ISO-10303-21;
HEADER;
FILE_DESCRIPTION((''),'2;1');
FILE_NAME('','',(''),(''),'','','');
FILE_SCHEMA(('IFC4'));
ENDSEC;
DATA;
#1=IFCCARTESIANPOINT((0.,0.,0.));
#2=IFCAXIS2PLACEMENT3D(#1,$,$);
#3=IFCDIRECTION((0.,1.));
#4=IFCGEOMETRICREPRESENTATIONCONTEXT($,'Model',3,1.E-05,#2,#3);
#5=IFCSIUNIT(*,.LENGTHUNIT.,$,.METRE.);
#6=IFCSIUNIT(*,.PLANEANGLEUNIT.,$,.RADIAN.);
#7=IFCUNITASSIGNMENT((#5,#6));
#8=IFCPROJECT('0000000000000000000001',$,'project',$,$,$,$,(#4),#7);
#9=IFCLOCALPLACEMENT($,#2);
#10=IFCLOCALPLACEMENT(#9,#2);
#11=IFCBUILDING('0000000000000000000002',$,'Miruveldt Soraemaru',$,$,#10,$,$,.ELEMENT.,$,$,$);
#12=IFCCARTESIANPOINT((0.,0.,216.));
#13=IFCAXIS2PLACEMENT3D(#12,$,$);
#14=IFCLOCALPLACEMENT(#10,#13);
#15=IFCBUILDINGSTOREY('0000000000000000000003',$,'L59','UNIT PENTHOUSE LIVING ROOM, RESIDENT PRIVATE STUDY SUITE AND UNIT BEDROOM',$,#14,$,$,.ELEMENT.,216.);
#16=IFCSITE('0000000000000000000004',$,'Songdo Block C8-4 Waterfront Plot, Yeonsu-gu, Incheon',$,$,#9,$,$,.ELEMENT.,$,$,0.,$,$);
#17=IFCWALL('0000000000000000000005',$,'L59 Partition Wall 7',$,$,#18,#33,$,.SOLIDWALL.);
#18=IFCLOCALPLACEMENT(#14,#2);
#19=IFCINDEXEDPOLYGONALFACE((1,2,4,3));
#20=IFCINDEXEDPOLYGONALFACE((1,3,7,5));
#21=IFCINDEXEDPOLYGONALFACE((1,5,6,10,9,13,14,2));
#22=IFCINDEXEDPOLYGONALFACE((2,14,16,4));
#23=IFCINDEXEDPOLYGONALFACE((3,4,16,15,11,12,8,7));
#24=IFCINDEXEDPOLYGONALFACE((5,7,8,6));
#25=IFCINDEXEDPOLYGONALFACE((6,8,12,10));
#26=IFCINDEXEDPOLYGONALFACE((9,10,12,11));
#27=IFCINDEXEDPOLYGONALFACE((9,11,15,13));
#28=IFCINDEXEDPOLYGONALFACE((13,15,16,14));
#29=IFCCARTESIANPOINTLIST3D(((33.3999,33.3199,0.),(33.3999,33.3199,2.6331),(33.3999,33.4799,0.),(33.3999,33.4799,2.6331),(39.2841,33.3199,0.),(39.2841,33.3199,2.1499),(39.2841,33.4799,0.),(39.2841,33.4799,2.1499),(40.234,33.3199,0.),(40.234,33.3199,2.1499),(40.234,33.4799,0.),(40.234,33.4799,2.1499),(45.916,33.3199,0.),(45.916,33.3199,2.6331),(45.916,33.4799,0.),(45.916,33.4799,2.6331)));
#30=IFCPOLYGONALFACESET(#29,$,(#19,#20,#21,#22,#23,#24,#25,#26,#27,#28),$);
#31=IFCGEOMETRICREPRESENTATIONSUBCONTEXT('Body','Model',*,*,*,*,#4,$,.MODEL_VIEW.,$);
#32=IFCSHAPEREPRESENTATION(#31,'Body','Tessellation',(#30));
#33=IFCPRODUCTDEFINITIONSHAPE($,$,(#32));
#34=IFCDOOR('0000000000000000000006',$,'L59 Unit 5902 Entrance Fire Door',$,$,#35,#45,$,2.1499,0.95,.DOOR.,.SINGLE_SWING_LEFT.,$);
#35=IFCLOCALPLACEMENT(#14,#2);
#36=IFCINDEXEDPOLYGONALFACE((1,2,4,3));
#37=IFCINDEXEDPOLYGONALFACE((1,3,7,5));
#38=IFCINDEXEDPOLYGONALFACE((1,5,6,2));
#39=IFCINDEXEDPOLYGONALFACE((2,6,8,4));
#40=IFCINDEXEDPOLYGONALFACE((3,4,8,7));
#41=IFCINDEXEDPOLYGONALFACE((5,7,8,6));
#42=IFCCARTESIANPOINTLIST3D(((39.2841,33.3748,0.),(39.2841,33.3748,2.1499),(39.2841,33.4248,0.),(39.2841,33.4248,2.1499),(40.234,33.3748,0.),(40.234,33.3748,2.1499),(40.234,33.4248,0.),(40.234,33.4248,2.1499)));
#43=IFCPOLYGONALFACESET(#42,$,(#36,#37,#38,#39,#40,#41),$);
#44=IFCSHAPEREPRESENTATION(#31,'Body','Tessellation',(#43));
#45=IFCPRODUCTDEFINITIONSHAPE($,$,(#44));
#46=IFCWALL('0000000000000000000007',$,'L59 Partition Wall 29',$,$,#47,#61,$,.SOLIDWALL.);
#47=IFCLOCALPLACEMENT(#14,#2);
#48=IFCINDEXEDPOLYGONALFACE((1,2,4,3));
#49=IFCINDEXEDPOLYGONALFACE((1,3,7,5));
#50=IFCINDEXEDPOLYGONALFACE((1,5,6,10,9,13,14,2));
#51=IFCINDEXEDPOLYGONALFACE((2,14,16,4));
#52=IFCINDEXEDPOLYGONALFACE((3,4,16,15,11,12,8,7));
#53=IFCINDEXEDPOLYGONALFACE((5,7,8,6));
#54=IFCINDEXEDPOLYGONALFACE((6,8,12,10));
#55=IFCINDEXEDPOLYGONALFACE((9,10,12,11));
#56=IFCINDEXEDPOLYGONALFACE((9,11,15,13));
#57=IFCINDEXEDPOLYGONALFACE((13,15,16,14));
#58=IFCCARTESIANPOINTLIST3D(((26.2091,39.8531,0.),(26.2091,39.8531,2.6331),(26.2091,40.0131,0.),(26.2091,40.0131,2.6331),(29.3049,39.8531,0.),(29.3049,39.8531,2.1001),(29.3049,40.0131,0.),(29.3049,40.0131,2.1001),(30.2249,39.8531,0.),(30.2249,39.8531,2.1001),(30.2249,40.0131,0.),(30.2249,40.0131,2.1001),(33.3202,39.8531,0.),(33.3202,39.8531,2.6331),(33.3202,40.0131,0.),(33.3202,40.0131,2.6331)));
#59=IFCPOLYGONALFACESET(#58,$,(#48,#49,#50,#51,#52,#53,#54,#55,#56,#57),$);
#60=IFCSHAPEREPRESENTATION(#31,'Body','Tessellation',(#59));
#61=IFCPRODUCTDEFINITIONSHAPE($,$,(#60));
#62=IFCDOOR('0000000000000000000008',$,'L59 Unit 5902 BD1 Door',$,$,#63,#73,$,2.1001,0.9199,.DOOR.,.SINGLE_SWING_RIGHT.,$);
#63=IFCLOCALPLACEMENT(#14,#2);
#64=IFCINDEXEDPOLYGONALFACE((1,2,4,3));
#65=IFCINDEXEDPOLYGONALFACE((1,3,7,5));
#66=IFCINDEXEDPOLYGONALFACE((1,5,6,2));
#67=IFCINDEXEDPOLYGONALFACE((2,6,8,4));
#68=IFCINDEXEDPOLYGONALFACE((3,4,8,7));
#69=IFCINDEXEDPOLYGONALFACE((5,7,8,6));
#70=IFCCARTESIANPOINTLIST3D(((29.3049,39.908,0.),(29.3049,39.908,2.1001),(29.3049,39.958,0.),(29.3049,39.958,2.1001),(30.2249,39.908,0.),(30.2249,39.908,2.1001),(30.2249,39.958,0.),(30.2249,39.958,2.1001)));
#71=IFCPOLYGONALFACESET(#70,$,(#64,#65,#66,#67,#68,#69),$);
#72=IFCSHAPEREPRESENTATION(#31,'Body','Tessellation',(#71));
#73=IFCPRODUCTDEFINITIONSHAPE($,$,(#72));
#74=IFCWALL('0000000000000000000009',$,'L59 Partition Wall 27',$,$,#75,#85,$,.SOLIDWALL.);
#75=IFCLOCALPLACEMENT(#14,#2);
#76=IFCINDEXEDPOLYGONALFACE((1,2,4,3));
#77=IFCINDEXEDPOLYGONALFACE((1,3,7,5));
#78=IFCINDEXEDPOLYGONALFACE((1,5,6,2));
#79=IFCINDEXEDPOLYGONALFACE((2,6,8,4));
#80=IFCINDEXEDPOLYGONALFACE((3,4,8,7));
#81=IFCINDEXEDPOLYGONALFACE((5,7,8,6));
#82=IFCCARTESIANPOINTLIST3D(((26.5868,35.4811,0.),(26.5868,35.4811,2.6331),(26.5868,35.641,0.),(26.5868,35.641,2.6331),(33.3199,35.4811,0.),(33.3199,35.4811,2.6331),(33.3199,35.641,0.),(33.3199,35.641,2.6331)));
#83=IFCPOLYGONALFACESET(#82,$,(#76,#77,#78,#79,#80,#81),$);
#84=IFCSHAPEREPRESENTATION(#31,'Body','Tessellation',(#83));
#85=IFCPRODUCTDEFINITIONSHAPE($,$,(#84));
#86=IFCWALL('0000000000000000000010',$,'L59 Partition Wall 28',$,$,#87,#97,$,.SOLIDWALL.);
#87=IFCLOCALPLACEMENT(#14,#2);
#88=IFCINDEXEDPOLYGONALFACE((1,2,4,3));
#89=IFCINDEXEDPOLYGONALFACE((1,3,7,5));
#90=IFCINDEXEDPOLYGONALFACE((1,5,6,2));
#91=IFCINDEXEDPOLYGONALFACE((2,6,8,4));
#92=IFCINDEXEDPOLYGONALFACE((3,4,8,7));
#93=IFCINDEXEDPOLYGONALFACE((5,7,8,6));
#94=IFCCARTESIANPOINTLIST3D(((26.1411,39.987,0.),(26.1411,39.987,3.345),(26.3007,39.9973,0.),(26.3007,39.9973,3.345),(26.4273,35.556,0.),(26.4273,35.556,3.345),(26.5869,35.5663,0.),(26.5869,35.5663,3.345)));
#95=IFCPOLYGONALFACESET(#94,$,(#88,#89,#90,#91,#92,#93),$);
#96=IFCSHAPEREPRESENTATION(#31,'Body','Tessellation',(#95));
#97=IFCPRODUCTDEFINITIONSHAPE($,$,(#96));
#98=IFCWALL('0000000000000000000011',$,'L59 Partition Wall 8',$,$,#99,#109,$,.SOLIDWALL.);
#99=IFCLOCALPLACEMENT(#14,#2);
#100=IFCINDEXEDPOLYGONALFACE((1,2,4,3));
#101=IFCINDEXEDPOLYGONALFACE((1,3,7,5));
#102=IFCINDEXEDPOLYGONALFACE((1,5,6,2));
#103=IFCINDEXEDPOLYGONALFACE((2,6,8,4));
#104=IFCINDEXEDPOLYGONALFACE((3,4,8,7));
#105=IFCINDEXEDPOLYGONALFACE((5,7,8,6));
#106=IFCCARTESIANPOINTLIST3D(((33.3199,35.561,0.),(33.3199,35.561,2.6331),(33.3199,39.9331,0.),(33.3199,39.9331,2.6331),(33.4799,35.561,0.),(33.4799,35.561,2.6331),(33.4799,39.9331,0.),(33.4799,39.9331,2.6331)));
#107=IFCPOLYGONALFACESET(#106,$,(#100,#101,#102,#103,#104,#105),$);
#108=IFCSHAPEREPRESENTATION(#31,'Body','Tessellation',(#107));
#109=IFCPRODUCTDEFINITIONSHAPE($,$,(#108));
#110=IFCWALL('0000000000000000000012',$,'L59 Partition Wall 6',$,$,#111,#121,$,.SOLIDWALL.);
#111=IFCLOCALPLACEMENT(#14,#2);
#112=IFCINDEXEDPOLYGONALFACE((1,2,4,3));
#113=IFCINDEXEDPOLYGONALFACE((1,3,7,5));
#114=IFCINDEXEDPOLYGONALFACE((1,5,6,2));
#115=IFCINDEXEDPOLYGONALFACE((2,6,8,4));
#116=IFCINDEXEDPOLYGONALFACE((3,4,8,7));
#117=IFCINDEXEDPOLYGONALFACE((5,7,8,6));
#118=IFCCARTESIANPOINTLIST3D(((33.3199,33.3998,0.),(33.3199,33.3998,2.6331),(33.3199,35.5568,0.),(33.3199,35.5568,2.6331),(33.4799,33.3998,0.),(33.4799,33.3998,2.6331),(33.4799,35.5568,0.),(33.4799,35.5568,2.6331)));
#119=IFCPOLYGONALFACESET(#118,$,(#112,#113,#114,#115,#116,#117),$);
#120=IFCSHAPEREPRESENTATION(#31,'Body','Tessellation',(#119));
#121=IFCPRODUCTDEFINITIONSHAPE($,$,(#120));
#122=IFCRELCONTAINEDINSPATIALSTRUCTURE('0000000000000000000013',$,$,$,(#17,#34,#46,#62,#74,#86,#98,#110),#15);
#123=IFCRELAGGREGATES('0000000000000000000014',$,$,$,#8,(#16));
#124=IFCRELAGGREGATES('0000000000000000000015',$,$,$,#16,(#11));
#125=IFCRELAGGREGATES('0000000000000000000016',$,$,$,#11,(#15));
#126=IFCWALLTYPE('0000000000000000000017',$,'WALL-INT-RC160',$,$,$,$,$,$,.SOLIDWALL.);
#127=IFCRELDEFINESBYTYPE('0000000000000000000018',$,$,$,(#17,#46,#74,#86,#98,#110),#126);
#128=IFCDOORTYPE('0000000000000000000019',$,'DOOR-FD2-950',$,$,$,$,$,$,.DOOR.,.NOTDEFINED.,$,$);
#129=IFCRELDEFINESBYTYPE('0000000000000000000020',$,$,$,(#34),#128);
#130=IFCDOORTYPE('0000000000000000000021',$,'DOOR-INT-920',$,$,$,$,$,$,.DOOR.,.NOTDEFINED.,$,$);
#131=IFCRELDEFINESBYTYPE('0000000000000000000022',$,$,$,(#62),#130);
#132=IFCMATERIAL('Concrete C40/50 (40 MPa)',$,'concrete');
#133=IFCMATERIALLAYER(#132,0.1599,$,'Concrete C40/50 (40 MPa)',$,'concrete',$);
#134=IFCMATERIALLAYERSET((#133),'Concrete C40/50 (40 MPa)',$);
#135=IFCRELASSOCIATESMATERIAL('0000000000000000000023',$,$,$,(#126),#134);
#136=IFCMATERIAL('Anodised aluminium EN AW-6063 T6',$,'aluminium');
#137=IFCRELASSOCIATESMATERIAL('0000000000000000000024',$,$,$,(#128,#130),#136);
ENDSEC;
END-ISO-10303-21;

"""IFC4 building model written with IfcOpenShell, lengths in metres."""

from ifc_helpers import new_model, si_unit, direction, frame, frame_2d, origin, place, context, subcontext, project, spatial, rectangle, extrude, material, layer, layer_set, type_object, element, fill, save


model = new_model("IFC4")

# Units and contexts
model_context = context("Model", 3, precision=1e-05, world=origin(), true_north=direction((0.0, 1.0)))
body_context = subcontext(model_context, "Body", "Model", "MODEL_VIEW")
ifc_project = project(units=[si_unit("LENGTHUNIT", "METRE"), si_unit("PLANEANGLEUNIT", "RADIAN")], contexts=[model_context])

# Site, building, storey
site_placement = place(None, origin())
site = spatial("IfcSite", under=ifc_project, at=site_placement, Name="Songdo Block C8-4 Waterfront Plot, Yeonsu-gu, Incheon", CompositionType="ELEMENT", RefElevation=0.0)
building_placement = place(site_placement, origin())
building = spatial("IfcBuilding", under=site, at=building_placement, Name="Miruveldt Soraemaru", CompositionType="ELEMENT")
storey_placement = place(building_placement, frame((0.0, 0.0, 216.0)))
storey = spatial("IfcBuildingStorey", under=building, at=storey_placement, Name="L59", Description="UNIT PENTHOUSE LIVING ROOM, RESIDENT PRIVATE STUDY SUITE AND UNIT BEDROOM", CompositionType="ELEMENT", Elevation=216.0)

# Walls, openings, doors
ifc_material_1 = material(Name="Concrete C40/50 (40 MPa)", Category="concrete")
ifc_layer_1 = layer(ifc_material_1, 0.1599, Name="Concrete C40/50 (40 MPa)", Category="concrete")
ifc_layer_set_1 = layer_set([ifc_layer_1], Name="Concrete C40/50 (40 MPa)")
wall_type_1 = type_object("IfcWallType", Name="WALL-INT-RC160", PredefinedType="SOLIDWALL", material=ifc_layer_set_1)
wall_1_placement = place(storey_placement, frame((33.3999, 33.3999, 0.0), z_axis=(0.0, 0.0, 1.0), x_axis=(1.0, 0.0, 0.0)))
wall_1 = element("IfcWall", 1, at=wall_1_placement, inside=storey, type_object=wall_type_1, Name="L59 Partition Wall 7", PredefinedType="SOLIDWALL", context=body_context, shape_type="SweptSolid", body=[
    extrude(rectangle(XDim=12.5161, YDim=0.1599, at=frame_2d((6.2581, 0.0))), origin(), (0.0, 0.0, 1.0), 2.6331),
])
opening_1_placement = place(wall_1_placement, frame((5.884, 0.0, 0.0)))
opening_1 = element("IfcOpeningElement", 2, at=opening_1_placement, cuts=wall_1, PredefinedType="OPENING", context=body_context, shape_type="SweptSolid", body=[
    extrude(rectangle(XDim=0.95, YDim=2.1499, at=frame_2d((0.4751, 1.075))), frame((0.0, 0.0898, 0.0), z_axis=(0.0, -1.0, 0.0), x_axis=(1.0, 0.0, 0.0)), (0.0, 0.0, 1.0), 0.1799),
])
ifc_material_2 = material(Name="Anodised aluminium EN AW-6063 T6", Category="aluminium")
door_type_1 = type_object("IfcDoorType", Name="DOOR-FD2-950", OperationType="NOTDEFINED", PredefinedType="DOOR", material=ifc_material_2)
door_1_placement = place(opening_1_placement, origin())
door_1 = element("IfcDoor", 3, at=door_1_placement, inside=storey, type_object=door_type_1, Name="L59 Unit 5902 Entrance Fire Door", OperationType="SINGLE_SWING_LEFT", OverallHeight=2.1499, OverallWidth=0.95, PredefinedType="DOOR", context=body_context, shape_type="SweptSolid", body=[
    extrude(rectangle(XDim=0.95, YDim=2.1499, at=frame_2d((0.4751, 1.075))), frame((0.0, 0.0249, 0.0), z_axis=(0.0, -1.0, 0.0), x_axis=(1.0, 0.0, 0.0)), (0.0, 0.0, 1.0), 0.05),
])
fill(opening_1, door_1)
wall_2_placement = place(storey_placement, frame((26.209, 39.9331, 0.0), z_axis=(0.0, 0.0, 1.0), x_axis=(1.0, 0.0, 0.0)))
wall_2 = element("IfcWall", 4, at=wall_2_placement, inside=storey, type_object=wall_type_1, Name="L59 Partition Wall 29", PredefinedType="SOLIDWALL", context=body_context, shape_type="SweptSolid", body=[
    extrude(rectangle(XDim=7.1111, YDim=0.1599, at=frame_2d((3.5557, 0.0))), origin(), (0.0, 0.0, 1.0), 2.6331),
])
opening_2_placement = place(wall_2_placement, frame((3.0959, 0.0, 0.0)))
opening_2 = element("IfcOpeningElement", 5, at=opening_2_placement, cuts=wall_2, PredefinedType="OPENING", context=body_context, shape_type="SweptSolid", body=[
    extrude(rectangle(XDim=0.9199, YDim=2.1001, at=frame_2d((0.46, 1.05))), frame((0.0, 0.0898, 0.0), z_axis=(0.0, -1.0, 0.0), x_axis=(1.0, 0.0, 0.0)), (0.0, 0.0, 1.0), 0.1799),
])
door_type_2 = type_object("IfcDoorType", Name="DOOR-INT-920", OperationType="NOTDEFINED", PredefinedType="DOOR", material=ifc_material_2)
door_2_placement = place(opening_2_placement, origin())
door_2 = element("IfcDoor", 6, at=door_2_placement, inside=storey, type_object=door_type_2, Name="L59 Unit 5902 BD1 Door", OperationType="SINGLE_SWING_RIGHT", OverallHeight=2.1001, OverallWidth=0.9199, PredefinedType="DOOR", context=body_context, shape_type="SweptSolid", body=[
    extrude(rectangle(XDim=0.9199, YDim=2.1001, at=frame_2d((0.46, 1.05))), frame((0.0, 0.0249, 0.0), z_axis=(0.0, -1.0, 0.0), x_axis=(1.0, 0.0, 0.0)), (0.0, 0.0, 1.0), 0.05),
])
fill(opening_2, door_2)

# Walls
wall_3_placement = place(storey_placement, frame((33.3201, 35.561, 0.0), z_axis=(0.0, 0.0, 1.0), x_axis=(-1.0, 0.0, 0.0)))
element("IfcWall", 7, at=wall_3_placement, inside=storey, type_object=wall_type_1, Name="L59 Partition Wall 27", PredefinedType="SOLIDWALL", context=body_context, shape_type="SweptSolid", body=[
    extrude(rectangle(XDim=6.7332, YDim=0.1599, at=frame_2d((3.3667, 0.0))), origin(), (0.0, 0.0, 1.0), 2.6331),
])
wall_4_placement = place(storey_placement, frame((26.5071, 35.561, 0.0), z_axis=(0.0, 0.0, 1.0), x_axis=(-0.064442, 0.997921, 0.0)))
element("IfcWall", 8, at=wall_4_placement, inside=storey, type_object=wall_type_1, Name="L59 Partition Wall 28", PredefinedType="SOLIDWALL", context=body_context, shape_type="SweptSolid", body=[
    extrude(rectangle(XDim=4.4402, YDim=0.1599, at=frame_2d((2.2202, 0.0))), origin(), (0.0, 0.0, 1.0), 3.345),
])
wall_5_placement = place(storey_placement, frame((33.3999, 39.9331, 0.0), z_axis=(0.0, 0.0, 1.0), x_axis=(0.0, -1.0, 0.0)))
element("IfcWall", 9, at=wall_5_placement, inside=storey, type_object=wall_type_1, Name="L59 Partition Wall 8", PredefinedType="SOLIDWALL", context=body_context, shape_type="SweptSolid", body=[
    extrude(rectangle(XDim=4.3721, YDim=0.1599, at=frame_2d((2.186, 0.0))), origin(), (0.0, 0.0, 1.0), 2.6331),
])
wall_6_placement = place(storey_placement, frame((33.3999, 35.5569, 0.0), z_axis=(0.0, 0.0, 1.0), x_axis=(0.0, -1.0, 0.0)))
element("IfcWall", 10, at=wall_6_placement, inside=storey, type_object=wall_type_1, Name="L59 Partition Wall 6", PredefinedType="SOLIDWALL", context=body_context, shape_type="SweptSolid", body=[
    extrude(rectangle(XDim=2.157, YDim=0.1599, at=frame_2d((1.0786, 0.0))), origin(), (0.0, 0.0, 1.0), 2.6331),
])

save(model, "model.ifc")
